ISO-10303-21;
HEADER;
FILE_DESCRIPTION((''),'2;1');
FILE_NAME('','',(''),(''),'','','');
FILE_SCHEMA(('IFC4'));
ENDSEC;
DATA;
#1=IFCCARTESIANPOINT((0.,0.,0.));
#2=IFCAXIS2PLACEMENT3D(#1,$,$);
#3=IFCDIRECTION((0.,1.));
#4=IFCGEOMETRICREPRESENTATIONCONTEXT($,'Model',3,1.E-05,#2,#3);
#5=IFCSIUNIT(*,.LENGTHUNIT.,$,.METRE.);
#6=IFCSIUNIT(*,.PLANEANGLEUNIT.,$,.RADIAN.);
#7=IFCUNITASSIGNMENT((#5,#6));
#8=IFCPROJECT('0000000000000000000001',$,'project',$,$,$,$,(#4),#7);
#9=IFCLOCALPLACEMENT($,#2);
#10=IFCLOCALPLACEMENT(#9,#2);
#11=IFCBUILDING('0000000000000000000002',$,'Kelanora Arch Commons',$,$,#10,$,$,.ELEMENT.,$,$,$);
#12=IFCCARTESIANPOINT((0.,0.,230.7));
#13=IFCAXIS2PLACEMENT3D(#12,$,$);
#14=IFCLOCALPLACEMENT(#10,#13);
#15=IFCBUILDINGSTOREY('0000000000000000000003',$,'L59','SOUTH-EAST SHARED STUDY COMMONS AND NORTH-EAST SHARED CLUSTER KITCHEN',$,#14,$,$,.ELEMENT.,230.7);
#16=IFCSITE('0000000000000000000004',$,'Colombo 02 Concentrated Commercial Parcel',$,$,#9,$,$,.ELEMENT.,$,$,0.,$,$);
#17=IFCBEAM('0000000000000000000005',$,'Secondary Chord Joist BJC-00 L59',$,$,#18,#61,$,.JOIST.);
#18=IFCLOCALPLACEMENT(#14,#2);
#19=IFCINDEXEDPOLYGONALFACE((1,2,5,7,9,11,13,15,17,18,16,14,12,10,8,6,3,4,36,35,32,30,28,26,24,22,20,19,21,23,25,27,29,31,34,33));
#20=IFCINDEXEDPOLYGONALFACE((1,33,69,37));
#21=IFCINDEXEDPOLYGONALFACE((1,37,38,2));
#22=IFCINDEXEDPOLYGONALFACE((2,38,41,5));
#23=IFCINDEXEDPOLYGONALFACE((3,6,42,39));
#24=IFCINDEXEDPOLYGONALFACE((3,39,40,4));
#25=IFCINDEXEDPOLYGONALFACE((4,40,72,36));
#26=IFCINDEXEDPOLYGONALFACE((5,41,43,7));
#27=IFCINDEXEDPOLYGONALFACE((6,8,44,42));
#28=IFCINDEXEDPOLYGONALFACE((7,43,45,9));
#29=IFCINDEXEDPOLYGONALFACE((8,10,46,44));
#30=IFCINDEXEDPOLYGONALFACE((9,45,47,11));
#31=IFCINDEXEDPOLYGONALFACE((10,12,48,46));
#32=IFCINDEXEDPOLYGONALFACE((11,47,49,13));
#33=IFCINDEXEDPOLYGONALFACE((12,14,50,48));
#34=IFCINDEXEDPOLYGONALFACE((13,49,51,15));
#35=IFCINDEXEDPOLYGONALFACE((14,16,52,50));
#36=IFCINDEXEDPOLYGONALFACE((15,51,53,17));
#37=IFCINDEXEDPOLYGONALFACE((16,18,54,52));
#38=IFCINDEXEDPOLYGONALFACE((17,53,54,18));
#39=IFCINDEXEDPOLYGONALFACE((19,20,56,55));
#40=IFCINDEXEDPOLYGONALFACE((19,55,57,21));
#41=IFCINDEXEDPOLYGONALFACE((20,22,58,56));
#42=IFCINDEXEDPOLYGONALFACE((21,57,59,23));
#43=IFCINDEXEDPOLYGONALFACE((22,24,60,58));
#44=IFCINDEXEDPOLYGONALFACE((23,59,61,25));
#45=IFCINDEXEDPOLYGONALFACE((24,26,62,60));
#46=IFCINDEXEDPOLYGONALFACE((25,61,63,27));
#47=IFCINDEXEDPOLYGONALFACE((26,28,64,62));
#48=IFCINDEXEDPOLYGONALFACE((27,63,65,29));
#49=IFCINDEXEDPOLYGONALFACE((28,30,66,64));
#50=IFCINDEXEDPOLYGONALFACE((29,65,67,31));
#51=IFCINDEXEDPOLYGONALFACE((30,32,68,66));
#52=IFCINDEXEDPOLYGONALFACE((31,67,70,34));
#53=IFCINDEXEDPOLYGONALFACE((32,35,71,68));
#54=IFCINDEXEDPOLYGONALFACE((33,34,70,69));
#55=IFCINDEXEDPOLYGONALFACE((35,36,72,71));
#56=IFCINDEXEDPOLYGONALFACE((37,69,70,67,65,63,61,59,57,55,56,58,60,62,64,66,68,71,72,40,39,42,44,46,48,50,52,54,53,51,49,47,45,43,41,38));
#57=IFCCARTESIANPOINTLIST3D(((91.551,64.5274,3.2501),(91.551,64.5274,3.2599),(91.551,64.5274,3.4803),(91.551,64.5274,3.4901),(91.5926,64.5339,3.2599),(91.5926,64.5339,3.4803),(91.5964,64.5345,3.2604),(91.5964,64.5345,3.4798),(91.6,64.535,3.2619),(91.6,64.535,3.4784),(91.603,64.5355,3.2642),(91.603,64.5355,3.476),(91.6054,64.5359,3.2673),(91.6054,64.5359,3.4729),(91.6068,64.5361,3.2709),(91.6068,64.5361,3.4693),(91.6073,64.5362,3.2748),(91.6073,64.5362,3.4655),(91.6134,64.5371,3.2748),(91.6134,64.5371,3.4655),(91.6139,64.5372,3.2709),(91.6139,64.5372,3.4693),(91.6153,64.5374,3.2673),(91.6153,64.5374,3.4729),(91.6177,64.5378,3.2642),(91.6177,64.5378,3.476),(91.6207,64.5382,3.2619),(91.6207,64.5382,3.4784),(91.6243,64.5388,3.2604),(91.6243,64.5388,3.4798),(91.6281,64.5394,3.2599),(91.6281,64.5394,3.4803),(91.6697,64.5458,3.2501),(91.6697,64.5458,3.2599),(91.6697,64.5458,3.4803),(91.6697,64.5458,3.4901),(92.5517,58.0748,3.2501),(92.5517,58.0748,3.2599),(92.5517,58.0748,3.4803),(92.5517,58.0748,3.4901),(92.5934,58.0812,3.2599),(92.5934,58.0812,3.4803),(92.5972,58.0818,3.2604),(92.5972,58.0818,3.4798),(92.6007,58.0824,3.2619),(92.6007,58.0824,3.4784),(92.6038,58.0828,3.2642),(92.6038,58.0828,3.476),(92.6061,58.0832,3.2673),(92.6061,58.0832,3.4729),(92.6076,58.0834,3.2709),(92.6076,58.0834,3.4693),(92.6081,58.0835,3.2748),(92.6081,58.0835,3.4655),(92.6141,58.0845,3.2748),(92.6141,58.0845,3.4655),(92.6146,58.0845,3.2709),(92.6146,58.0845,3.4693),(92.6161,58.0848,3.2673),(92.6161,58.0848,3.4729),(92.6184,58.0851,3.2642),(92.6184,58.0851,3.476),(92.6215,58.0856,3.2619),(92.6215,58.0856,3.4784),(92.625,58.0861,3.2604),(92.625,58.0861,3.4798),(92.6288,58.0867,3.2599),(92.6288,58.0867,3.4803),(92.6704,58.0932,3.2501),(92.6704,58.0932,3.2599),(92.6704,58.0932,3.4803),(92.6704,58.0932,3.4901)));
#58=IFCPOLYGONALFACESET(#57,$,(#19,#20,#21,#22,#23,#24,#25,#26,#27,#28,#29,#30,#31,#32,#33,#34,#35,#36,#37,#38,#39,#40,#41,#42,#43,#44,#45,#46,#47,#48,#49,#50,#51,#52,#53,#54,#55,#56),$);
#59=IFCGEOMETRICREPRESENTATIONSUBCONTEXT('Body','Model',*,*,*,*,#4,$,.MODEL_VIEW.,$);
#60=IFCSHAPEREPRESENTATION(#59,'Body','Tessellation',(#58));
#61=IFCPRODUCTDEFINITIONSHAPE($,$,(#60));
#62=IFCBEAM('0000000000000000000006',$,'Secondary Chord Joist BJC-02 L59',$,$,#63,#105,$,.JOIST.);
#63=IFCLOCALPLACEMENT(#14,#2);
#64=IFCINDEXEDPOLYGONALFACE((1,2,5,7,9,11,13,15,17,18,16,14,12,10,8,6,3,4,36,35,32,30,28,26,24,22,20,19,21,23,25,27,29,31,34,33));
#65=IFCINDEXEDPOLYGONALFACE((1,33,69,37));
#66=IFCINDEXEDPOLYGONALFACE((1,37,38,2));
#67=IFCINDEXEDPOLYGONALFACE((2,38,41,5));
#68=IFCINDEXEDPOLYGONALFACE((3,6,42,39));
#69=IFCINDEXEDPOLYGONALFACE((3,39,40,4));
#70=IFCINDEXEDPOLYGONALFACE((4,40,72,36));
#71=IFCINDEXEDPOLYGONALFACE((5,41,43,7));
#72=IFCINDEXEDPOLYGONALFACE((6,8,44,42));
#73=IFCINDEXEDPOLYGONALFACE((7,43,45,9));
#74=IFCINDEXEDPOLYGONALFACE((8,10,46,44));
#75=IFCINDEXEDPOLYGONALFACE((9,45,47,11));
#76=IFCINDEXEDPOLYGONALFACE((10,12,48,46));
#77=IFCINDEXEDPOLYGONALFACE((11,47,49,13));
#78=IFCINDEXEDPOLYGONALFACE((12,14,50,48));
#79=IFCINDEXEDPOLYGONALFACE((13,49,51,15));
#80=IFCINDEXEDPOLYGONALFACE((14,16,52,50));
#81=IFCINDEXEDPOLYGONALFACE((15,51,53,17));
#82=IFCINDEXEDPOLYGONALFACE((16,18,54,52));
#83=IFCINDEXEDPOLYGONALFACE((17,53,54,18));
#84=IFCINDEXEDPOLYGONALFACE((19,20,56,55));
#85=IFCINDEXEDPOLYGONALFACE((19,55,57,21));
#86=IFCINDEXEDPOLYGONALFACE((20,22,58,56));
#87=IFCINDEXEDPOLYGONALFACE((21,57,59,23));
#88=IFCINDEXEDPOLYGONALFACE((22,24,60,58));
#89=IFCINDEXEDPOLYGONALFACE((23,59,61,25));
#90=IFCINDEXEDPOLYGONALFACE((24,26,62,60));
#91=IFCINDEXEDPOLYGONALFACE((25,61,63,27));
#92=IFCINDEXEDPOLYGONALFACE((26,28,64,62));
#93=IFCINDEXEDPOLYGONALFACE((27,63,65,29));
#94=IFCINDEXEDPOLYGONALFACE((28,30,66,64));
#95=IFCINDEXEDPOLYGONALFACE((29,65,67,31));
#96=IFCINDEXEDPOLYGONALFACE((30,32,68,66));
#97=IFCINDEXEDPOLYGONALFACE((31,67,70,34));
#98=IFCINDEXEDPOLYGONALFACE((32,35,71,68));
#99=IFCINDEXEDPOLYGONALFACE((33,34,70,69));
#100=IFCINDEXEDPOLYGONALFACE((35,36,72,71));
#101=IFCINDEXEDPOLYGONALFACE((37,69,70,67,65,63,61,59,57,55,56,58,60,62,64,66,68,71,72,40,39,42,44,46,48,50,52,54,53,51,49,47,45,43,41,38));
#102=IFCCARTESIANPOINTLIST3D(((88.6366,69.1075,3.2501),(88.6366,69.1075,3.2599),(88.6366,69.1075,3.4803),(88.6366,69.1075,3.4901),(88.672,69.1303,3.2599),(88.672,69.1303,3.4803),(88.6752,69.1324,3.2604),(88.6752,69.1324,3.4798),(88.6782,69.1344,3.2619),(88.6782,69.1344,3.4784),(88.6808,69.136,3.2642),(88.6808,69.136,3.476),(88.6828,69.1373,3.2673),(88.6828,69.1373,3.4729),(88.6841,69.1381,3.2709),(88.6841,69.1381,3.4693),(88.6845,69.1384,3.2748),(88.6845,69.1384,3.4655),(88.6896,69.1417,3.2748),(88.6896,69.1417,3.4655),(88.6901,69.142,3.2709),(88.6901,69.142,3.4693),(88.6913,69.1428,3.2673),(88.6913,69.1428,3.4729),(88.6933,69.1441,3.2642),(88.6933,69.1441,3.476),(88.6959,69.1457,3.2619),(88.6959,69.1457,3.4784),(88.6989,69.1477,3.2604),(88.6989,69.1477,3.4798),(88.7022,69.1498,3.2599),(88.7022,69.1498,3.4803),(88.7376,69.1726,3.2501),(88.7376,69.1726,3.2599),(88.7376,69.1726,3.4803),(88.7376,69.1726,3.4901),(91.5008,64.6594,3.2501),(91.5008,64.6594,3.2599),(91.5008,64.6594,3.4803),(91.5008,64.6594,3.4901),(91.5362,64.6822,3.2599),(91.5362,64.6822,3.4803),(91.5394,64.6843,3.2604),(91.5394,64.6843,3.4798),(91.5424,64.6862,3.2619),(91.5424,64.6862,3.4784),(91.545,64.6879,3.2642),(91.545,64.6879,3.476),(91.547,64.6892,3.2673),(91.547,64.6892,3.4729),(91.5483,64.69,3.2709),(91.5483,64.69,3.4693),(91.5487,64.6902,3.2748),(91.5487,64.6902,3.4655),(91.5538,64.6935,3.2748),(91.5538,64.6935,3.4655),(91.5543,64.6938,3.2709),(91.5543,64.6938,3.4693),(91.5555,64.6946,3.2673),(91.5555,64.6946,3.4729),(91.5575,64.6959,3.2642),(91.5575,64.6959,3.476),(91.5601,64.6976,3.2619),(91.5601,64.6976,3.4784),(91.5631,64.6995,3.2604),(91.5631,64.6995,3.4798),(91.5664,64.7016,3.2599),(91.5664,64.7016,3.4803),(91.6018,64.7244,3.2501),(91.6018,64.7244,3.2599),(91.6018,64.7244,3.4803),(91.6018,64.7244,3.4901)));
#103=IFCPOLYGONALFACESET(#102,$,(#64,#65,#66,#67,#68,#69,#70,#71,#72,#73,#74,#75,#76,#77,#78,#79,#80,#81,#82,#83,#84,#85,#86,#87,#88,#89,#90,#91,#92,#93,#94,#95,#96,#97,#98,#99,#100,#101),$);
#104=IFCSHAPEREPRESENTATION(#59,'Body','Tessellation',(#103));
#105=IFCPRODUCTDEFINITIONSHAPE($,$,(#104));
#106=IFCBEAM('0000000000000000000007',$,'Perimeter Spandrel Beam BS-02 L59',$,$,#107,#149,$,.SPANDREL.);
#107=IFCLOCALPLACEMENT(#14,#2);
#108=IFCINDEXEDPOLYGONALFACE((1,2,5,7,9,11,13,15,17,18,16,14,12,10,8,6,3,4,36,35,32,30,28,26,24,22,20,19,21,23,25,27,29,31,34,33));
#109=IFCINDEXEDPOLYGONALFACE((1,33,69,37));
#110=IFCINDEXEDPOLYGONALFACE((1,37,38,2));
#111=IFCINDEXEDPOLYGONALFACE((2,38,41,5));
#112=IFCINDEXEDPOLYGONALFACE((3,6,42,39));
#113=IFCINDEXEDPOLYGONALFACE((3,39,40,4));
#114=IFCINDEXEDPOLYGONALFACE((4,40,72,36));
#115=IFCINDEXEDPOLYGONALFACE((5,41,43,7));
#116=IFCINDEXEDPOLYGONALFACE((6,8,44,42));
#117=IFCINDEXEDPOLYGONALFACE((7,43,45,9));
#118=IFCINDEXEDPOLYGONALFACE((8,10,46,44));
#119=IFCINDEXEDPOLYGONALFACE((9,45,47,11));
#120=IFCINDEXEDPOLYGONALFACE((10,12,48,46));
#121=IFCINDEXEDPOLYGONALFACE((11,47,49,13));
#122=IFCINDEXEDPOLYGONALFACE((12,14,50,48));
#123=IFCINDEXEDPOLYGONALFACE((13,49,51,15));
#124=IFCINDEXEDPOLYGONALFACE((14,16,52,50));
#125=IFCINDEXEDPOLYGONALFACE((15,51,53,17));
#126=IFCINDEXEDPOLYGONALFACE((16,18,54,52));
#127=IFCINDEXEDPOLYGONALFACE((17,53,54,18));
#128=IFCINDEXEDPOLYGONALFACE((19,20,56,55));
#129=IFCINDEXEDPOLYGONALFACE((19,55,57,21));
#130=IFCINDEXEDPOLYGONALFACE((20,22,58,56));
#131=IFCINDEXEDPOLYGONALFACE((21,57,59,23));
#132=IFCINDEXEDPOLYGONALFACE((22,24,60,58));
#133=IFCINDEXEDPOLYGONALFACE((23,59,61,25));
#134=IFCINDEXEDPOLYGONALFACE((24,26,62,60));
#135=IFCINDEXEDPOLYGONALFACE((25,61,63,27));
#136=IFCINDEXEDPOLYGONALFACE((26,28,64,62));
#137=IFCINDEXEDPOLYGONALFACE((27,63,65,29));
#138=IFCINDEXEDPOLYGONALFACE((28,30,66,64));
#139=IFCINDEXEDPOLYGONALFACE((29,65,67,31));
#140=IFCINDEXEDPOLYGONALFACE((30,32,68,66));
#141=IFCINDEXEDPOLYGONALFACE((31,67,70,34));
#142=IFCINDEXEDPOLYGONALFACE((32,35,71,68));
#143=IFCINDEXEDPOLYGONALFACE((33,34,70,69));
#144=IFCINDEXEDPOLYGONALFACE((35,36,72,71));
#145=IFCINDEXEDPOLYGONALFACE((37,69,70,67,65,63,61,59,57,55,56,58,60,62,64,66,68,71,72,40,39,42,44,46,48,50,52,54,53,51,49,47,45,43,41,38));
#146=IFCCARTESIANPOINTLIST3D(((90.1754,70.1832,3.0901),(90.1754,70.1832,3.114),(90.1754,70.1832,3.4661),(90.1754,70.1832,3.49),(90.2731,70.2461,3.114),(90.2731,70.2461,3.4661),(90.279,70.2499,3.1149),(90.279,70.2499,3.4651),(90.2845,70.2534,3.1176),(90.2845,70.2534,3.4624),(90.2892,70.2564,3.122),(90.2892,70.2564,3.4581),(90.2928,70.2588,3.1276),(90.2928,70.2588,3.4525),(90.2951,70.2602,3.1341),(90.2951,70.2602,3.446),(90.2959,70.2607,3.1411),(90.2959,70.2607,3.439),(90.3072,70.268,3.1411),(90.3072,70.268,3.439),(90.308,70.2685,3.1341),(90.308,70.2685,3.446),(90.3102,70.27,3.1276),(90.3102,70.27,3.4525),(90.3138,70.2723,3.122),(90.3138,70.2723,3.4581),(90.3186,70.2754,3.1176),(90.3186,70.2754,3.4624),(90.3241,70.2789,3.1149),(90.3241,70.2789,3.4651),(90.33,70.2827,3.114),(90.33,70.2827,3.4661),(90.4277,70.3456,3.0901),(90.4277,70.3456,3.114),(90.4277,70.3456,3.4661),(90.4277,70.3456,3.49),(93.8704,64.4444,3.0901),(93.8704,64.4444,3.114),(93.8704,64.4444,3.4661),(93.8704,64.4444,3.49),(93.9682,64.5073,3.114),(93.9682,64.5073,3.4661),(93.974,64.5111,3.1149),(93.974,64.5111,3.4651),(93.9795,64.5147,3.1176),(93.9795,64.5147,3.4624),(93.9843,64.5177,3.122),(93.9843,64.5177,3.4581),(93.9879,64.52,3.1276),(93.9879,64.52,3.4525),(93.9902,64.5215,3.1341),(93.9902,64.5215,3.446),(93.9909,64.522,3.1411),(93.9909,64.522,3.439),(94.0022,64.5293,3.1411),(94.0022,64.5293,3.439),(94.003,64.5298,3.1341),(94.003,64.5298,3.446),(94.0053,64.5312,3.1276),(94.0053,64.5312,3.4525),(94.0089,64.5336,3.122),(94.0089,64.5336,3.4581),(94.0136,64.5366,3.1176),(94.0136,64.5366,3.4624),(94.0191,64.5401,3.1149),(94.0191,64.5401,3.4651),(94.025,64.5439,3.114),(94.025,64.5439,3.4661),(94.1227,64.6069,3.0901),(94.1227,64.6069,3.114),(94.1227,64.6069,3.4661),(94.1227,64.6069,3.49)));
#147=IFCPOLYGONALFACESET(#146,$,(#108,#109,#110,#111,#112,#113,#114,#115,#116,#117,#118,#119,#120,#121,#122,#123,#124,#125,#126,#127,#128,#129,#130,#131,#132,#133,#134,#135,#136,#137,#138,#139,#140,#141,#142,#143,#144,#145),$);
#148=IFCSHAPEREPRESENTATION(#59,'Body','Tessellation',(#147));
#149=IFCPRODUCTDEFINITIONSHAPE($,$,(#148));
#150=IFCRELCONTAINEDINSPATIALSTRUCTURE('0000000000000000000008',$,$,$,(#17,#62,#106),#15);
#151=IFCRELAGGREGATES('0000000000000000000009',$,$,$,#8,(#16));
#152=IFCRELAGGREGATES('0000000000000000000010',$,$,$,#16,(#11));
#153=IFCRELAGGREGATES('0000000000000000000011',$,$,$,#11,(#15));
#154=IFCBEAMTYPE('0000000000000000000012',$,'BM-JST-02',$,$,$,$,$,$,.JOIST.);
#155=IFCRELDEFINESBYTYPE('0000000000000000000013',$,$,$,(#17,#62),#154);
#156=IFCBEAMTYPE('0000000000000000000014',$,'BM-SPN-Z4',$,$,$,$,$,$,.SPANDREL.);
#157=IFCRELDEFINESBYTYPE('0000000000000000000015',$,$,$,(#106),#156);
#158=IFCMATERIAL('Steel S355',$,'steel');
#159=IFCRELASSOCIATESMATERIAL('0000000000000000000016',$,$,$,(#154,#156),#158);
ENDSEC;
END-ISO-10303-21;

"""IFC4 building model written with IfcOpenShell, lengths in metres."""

from ifc_helpers import new_model, si_unit, direction, frame, origin, origin_2d, place, context, subcontext, project, spatial, i_section, extrude, material, material_profile, profile_set, type_object, element, save


model = new_model("IFC4")

# Units and contexts
model_context = context("Model", 3, precision=1e-05, world=origin(), true_north=direction((0.0, 1.0)))
body_context = subcontext(model_context, "Body", "Model", "MODEL_VIEW")
ifc_project = project(units=[si_unit("LENGTHUNIT", "METRE"), si_unit("PLANEANGLEUNIT", "RADIAN")], contexts=[model_context])

# Site, building, storey
site_placement = place(None, origin())
site = spatial("IfcSite", under=ifc_project, at=site_placement, Name="Colombo 02 Concentrated Commercial Parcel", CompositionType="ELEMENT", RefElevation=0.0)
building_placement = place(site_placement, origin())
building = spatial("IfcBuilding", under=site, at=building_placement, Name="Kelanora Arch Commons", CompositionType="ELEMENT")
storey_placement = place(building_placement, frame((0.0, 0.0, 230.7)))
storey = spatial("IfcBuildingStorey", under=building, at=storey_placement, Name="L59", Description="SOUTH-EAST SHARED STUDY COMMONS AND NORTH-EAST SHARED CLUSTER KITCHEN", CompositionType="ELEMENT", Elevation=230.7)

# Beams
ifc_material_1 = material(Name="Steel S355", Category="steel")
ifc_material_profile_1 = material_profile(ifc_material_1, i_section(OverallWidth=0.1201, OverallDepth=0.24, WebThickness=0.0061, FlangeThickness=0.0098, FilletRadius=0.0149, at=origin_2d()), Name="IPE240")
ifc_profile_set_1 = profile_set([ifc_material_profile_1], Name="Steel S355")
beam_type_1 = type_object("IfcBeamType", Name="BM-JST-02", PredefinedType="JOIST", material=ifc_profile_set_1)
beam_1_placement = place(storey_placement, frame((92.6111, 58.084, 3.3701), z_axis=(-0.153257, 0.988186, 0.0), x_axis=(-0.988186, -0.153257, 0.0)))
element("IfcBeam", 1, at=beam_1_placement, inside=storey, type_object=beam_type_1, Name="Secondary Chord Joist BJC-00 L59", PredefinedType="JOIST", context=body_context, shape_type="SweptSolid", body=[
    extrude(i_section(OverallWidth=0.1201, OverallDepth=0.24, WebThickness=0.0061, FlangeThickness=0.0098, FilletRadius=0.0149, at=origin_2d()), origin(), (0.0, 0.0, 1.0), 6.5298),
])
beam_2_placement = place(storey_placement, frame((91.5513, 64.6919, 3.3701), z_axis=(-0.541382, 0.840776, 0.0), x_axis=(-0.840776, -0.541382, 0.0)))
element("IfcBeam", 2, at=beam_2_placement, inside=storey, type_object=beam_type_1, Name="Secondary Chord Joist BJC-02 L59", PredefinedType="JOIST", context=body_context, shape_type="SweptSolid", body=[
    extrude(i_section(OverallWidth=0.1201, OverallDepth=0.24, WebThickness=0.0061, FlangeThickness=0.0098, FilletRadius=0.0149, at=origin_2d()), origin(), (0.0, 0.0, 1.0), 5.2905),
])
ifc_material_profile_2 = material_profile(ifc_material_1, i_section(OverallWidth=0.3, OverallDepth=0.3999, WebThickness=0.0134, FlangeThickness=0.0239, FilletRadius=0.0271, at=origin_2d()), Name="HEB400")
ifc_profile_set_2 = profile_set([ifc_material_profile_2], Name="Steel S355")
beam_type_2 = type_object("IfcBeamType", Name="BM-SPN-Z4", PredefinedType="SPANDREL", material=ifc_profile_set_2)
beam_3_placement = place(storey_placement, frame((93.9966, 64.5256, 3.29), z_axis=(-0.541365, 0.840788, 0.0), x_axis=(-0.840788, -0.541365, 0.0)))
element("IfcBeam", 3, at=beam_3_placement, inside=storey, type_object=beam_type_2, Name="Perimeter Spandrel Beam BS-02 L59", PredefinedType="SPANDREL", context=body_context, shape_type="SweptSolid", body=[
    extrude(i_section(OverallWidth=0.3, OverallDepth=0.3999, WebThickness=0.0134, FlangeThickness=0.0239, FilletRadius=0.0271, at=origin_2d()), origin(), (0.0, 0.0, 1.0), 6.8254),
])

save(model, "model.ifc")
